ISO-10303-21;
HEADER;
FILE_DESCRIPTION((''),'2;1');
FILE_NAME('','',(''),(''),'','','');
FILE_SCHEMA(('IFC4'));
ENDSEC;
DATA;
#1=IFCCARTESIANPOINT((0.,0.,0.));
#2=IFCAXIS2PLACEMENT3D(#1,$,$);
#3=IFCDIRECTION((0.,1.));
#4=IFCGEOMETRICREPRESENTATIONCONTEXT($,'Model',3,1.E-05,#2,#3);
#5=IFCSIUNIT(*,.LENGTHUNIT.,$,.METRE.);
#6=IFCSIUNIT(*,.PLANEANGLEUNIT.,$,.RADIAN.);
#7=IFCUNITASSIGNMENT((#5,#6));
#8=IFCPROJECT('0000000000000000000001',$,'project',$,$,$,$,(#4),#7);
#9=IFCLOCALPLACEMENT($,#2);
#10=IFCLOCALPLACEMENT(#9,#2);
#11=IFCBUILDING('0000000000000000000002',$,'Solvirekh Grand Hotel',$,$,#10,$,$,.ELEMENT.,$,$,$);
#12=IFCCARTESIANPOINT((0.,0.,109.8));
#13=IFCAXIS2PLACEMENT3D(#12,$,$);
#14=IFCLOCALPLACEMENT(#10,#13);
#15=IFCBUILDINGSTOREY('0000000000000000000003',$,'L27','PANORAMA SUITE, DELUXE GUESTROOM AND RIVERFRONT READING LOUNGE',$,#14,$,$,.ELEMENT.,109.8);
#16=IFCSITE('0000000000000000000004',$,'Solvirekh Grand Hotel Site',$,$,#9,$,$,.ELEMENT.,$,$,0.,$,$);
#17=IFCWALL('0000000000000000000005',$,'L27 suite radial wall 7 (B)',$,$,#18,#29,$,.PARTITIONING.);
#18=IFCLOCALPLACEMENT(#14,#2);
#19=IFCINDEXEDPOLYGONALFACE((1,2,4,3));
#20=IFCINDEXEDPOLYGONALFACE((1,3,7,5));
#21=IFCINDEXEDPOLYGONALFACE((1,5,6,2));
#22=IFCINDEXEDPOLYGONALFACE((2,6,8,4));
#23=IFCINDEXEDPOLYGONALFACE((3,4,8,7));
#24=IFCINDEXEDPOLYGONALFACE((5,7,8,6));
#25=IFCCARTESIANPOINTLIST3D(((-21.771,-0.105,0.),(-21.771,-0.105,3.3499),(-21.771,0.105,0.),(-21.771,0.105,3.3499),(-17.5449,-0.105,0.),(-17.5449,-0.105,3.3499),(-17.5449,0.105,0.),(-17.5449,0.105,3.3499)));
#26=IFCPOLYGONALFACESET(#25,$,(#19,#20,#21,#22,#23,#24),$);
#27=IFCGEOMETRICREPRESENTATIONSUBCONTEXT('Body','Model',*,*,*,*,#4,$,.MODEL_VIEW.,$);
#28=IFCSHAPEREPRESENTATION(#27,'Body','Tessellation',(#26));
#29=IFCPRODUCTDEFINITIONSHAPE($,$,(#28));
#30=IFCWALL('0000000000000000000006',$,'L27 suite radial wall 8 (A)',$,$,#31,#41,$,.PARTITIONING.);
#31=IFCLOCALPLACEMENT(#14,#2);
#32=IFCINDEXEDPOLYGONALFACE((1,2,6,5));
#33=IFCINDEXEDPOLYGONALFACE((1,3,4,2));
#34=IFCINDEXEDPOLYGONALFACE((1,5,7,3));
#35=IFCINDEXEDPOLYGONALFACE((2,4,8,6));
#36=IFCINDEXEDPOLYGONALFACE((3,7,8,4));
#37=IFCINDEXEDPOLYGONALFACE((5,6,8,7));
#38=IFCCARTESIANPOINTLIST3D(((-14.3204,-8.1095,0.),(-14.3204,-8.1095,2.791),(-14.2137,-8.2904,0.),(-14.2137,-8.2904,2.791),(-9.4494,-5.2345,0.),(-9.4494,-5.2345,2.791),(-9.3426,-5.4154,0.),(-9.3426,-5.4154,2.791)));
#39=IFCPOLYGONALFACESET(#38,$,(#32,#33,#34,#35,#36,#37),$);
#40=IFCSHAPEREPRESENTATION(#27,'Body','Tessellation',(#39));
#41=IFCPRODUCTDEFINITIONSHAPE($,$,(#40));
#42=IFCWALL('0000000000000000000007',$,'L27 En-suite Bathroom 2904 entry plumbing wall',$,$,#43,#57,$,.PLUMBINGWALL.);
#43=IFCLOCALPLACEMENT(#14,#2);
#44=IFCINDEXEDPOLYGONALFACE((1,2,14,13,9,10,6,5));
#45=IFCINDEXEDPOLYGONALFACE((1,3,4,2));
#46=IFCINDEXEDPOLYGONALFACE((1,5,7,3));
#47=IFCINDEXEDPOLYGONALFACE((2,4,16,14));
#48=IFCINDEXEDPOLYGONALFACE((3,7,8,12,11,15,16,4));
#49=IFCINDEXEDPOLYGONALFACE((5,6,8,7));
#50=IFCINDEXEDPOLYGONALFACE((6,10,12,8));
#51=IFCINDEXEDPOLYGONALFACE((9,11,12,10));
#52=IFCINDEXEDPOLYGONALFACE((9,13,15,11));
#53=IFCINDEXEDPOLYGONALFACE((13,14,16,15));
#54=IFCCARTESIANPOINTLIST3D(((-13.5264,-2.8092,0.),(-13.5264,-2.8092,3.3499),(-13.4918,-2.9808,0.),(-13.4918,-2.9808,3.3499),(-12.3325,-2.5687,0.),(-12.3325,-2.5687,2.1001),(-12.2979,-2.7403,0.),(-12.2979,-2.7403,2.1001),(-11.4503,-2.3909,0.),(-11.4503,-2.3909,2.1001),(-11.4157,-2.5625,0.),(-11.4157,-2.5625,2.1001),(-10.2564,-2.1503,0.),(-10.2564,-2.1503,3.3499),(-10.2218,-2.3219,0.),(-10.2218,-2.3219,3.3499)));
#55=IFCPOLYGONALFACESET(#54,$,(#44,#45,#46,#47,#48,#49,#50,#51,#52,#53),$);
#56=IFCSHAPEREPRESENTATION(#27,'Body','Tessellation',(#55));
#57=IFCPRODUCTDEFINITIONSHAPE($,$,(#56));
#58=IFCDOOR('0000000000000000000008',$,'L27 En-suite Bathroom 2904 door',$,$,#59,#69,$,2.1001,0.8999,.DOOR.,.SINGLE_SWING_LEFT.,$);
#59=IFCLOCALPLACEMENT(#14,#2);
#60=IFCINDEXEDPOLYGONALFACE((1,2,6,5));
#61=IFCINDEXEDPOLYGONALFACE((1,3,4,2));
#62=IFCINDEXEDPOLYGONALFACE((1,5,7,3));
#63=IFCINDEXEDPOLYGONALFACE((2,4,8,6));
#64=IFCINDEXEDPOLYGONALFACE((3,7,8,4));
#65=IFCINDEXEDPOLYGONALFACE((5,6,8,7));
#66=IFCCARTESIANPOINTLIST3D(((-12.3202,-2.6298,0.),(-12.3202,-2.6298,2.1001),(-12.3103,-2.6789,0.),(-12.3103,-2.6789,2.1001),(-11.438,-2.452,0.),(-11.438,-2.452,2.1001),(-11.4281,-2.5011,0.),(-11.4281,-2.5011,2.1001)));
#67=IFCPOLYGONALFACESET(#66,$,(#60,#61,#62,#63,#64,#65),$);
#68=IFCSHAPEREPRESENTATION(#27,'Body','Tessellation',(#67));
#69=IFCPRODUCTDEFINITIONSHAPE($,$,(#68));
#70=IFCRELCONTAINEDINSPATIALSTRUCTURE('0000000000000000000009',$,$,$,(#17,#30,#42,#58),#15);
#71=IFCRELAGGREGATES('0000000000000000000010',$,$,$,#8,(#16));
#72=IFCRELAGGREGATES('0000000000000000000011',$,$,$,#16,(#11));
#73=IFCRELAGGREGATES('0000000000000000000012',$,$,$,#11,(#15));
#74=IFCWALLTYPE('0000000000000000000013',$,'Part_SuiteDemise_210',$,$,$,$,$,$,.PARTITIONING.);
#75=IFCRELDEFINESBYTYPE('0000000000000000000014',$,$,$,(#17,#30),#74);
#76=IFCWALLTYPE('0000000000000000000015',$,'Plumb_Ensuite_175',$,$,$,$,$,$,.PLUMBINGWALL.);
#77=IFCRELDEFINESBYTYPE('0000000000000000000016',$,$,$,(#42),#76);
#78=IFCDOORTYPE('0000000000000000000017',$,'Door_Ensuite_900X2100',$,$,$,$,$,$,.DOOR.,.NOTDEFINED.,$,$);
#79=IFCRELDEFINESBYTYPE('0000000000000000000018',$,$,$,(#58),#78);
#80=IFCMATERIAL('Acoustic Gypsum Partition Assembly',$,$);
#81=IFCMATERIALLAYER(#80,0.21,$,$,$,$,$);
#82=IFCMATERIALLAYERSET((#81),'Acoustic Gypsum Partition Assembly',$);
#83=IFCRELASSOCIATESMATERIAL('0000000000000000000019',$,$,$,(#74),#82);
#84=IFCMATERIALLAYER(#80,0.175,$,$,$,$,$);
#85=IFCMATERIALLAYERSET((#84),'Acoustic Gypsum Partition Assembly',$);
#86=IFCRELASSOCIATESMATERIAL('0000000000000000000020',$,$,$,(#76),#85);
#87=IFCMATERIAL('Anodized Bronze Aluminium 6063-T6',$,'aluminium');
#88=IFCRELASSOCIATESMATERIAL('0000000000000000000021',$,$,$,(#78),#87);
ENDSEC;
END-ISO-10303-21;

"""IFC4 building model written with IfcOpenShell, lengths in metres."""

from ifc_helpers import new_model, si_unit, direction, frame, frame_2d, origin, place, context, subcontext, project, spatial, rectangle, extrude, material, layer, layer_set, type_object, element, fill, save


model = new_model("IFC4")

# Units and contexts
model_context = context("Model", 3, precision=1e-05, world=origin(), true_north=direction((0.0, 1.0)))
body_context = subcontext(model_context, "Body", "Model", "MODEL_VIEW")
ifc_project = project(units=[si_unit("LENGTHUNIT", "METRE"), si_unit("PLANEANGLEUNIT", "RADIAN")], contexts=[model_context])

# Site, building, storey
site_placement = place(None, origin())
site = spatial("IfcSite", under=ifc_project, at=site_placement, Name="Solvirekh Grand Hotel Site", CompositionType="ELEMENT", RefElevation=0.0)
building_placement = place(site_placement, origin())
building = spatial("IfcBuilding", under=site, at=building_placement, Name="Solvirekh Grand Hotel", CompositionType="ELEMENT")
storey_placement = place(building_placement, frame((0.0, 0.0, 109.8)))
storey = spatial("IfcBuildingStorey", under=building, at=storey_placement, Name="L27", Description="PANORAMA SUITE, DELUXE GUESTROOM AND RIVERFRONT READING LOUNGE", CompositionType="ELEMENT", Elevation=109.8)

# Shared definitions
ifc_material_1 = material(Name="Anodized Bronze Aluminium 6063-T6", Category="aluminium")

# Shared definitions
ifc_material_2 = material(Name="Acoustic Gypsum Partition Assembly")

# Walls
ifc_layer_1 = layer(ifc_material_2, 0.21)
ifc_layer_set_1 = layer_set([ifc_layer_1], Name="Acoustic Gypsum Partition Assembly")
wall_type_1 = type_object("IfcWallType", Name="Part_SuiteDemise_210", PredefinedType="PARTITIONING", material=ifc_layer_set_1)
wall_1_placement = place(storey_placement, frame((-17.5449, 0.0, 0.0), z_axis=(0.0, 0.0, 1.0), x_axis=(-1.0, 0.0, 0.0)))
element("IfcWall", 1, at=wall_1_placement, inside=storey, type_object=wall_type_1, Name="L27 suite radial wall 7 (B)", PredefinedType="PARTITIONING", context=body_context, shape_type="SweptSolid", body=[
    extrude(rectangle(XDim=4.2261, YDim=0.21, at=frame_2d((2.113, 0.0))), origin(), (0.0, 0.0, 1.0), 3.3499),
])
wall_2_placement = place(storey_placement, frame((-9.396, -5.325, 0.0), z_axis=(0.0, 0.0, 1.0), x_axis=(-0.861188, -0.508287, 0.0)))
element("IfcWall", 2, at=wall_2_placement, inside=storey, type_object=wall_type_1, Name="L27 suite radial wall 8 (A)", PredefinedType="PARTITIONING", context=body_context, shape_type="SweptSolid", body=[
    extrude(rectangle(XDim=5.6562, YDim=0.21, at=frame_2d((2.8281, 0.0))), origin(), (0.0, 0.0, 1.0), 2.791),
])

# Wall, opening, door
ifc_layer_2 = layer(ifc_material_2, 0.175)
ifc_layer_set_2 = layer_set([ifc_layer_2], Name="Acoustic Gypsum Partition Assembly")
wall_type_2 = type_object("IfcWallType", Name="Plumb_Ensuite_175", PredefinedType="PLUMBINGWALL", material=ifc_layer_set_2)
wall_3_placement = place(storey_placement, frame((-10.239, -2.2361, 0.0), z_axis=(0.0, 0.0, 1.0), x_axis=(-0.980295, -0.197537, 0.0)))
wall_3 = element("IfcWall", 3, at=wall_3_placement, inside=storey, type_object=wall_type_2, Name="L27 En-suite Bathroom 2904 entry plumbing wall", PredefinedType="PLUMBINGWALL", context=body_context, shape_type="SweptSolid", body=[
    extrude(rectangle(XDim=3.3357, YDim=0.175, at=frame_2d((1.668, 0.0))), origin(), (0.0, 0.0, 1.0), 3.3499),
])
opening_1_placement = place(wall_3_placement, frame((1.218, 0.0, 0.0)))
opening_1 = element("IfcOpeningElement", 4, at=opening_1_placement, cuts=wall_3, PredefinedType="OPENING", context=body_context, shape_type="SweptSolid", body=[
    extrude(rectangle(XDim=0.8999, YDim=2.1001, at=frame_2d((0.45, 1.05))), frame((0.0, 0.0977, 0.0), z_axis=(0.0, -1.0, 0.0), x_axis=(1.0, 0.0, 0.0)), (0.0, 0.0, 1.0), 0.1951),
])
door_type_1 = type_object("IfcDoorType", Name="Door_Ensuite_900X2100", OperationType="NOTDEFINED", PredefinedType="DOOR", material=ifc_material_1)
door_1_placement = place(opening_1_placement, origin())
door_1 = element("IfcDoor", 5, at=door_1_placement, inside=storey, type_object=door_type_1, Name="L27 En-suite Bathroom 2904 door", OperationType="SINGLE_SWING_LEFT", OverallHeight=2.1001, OverallWidth=0.8999, PredefinedType="DOOR", context=body_context, shape_type="SweptSolid", body=[
    extrude(rectangle(XDim=0.8999, YDim=2.1001, at=frame_2d((0.45, 1.05))), frame((0.0, 0.0249, 0.0), z_axis=(0.0, -1.0, 0.0), x_axis=(1.0, 0.0, 0.0)), (0.0, 0.0, 1.0), 0.05),
])
fill(opening_1, door_1)

save(model, "model.ifc")
